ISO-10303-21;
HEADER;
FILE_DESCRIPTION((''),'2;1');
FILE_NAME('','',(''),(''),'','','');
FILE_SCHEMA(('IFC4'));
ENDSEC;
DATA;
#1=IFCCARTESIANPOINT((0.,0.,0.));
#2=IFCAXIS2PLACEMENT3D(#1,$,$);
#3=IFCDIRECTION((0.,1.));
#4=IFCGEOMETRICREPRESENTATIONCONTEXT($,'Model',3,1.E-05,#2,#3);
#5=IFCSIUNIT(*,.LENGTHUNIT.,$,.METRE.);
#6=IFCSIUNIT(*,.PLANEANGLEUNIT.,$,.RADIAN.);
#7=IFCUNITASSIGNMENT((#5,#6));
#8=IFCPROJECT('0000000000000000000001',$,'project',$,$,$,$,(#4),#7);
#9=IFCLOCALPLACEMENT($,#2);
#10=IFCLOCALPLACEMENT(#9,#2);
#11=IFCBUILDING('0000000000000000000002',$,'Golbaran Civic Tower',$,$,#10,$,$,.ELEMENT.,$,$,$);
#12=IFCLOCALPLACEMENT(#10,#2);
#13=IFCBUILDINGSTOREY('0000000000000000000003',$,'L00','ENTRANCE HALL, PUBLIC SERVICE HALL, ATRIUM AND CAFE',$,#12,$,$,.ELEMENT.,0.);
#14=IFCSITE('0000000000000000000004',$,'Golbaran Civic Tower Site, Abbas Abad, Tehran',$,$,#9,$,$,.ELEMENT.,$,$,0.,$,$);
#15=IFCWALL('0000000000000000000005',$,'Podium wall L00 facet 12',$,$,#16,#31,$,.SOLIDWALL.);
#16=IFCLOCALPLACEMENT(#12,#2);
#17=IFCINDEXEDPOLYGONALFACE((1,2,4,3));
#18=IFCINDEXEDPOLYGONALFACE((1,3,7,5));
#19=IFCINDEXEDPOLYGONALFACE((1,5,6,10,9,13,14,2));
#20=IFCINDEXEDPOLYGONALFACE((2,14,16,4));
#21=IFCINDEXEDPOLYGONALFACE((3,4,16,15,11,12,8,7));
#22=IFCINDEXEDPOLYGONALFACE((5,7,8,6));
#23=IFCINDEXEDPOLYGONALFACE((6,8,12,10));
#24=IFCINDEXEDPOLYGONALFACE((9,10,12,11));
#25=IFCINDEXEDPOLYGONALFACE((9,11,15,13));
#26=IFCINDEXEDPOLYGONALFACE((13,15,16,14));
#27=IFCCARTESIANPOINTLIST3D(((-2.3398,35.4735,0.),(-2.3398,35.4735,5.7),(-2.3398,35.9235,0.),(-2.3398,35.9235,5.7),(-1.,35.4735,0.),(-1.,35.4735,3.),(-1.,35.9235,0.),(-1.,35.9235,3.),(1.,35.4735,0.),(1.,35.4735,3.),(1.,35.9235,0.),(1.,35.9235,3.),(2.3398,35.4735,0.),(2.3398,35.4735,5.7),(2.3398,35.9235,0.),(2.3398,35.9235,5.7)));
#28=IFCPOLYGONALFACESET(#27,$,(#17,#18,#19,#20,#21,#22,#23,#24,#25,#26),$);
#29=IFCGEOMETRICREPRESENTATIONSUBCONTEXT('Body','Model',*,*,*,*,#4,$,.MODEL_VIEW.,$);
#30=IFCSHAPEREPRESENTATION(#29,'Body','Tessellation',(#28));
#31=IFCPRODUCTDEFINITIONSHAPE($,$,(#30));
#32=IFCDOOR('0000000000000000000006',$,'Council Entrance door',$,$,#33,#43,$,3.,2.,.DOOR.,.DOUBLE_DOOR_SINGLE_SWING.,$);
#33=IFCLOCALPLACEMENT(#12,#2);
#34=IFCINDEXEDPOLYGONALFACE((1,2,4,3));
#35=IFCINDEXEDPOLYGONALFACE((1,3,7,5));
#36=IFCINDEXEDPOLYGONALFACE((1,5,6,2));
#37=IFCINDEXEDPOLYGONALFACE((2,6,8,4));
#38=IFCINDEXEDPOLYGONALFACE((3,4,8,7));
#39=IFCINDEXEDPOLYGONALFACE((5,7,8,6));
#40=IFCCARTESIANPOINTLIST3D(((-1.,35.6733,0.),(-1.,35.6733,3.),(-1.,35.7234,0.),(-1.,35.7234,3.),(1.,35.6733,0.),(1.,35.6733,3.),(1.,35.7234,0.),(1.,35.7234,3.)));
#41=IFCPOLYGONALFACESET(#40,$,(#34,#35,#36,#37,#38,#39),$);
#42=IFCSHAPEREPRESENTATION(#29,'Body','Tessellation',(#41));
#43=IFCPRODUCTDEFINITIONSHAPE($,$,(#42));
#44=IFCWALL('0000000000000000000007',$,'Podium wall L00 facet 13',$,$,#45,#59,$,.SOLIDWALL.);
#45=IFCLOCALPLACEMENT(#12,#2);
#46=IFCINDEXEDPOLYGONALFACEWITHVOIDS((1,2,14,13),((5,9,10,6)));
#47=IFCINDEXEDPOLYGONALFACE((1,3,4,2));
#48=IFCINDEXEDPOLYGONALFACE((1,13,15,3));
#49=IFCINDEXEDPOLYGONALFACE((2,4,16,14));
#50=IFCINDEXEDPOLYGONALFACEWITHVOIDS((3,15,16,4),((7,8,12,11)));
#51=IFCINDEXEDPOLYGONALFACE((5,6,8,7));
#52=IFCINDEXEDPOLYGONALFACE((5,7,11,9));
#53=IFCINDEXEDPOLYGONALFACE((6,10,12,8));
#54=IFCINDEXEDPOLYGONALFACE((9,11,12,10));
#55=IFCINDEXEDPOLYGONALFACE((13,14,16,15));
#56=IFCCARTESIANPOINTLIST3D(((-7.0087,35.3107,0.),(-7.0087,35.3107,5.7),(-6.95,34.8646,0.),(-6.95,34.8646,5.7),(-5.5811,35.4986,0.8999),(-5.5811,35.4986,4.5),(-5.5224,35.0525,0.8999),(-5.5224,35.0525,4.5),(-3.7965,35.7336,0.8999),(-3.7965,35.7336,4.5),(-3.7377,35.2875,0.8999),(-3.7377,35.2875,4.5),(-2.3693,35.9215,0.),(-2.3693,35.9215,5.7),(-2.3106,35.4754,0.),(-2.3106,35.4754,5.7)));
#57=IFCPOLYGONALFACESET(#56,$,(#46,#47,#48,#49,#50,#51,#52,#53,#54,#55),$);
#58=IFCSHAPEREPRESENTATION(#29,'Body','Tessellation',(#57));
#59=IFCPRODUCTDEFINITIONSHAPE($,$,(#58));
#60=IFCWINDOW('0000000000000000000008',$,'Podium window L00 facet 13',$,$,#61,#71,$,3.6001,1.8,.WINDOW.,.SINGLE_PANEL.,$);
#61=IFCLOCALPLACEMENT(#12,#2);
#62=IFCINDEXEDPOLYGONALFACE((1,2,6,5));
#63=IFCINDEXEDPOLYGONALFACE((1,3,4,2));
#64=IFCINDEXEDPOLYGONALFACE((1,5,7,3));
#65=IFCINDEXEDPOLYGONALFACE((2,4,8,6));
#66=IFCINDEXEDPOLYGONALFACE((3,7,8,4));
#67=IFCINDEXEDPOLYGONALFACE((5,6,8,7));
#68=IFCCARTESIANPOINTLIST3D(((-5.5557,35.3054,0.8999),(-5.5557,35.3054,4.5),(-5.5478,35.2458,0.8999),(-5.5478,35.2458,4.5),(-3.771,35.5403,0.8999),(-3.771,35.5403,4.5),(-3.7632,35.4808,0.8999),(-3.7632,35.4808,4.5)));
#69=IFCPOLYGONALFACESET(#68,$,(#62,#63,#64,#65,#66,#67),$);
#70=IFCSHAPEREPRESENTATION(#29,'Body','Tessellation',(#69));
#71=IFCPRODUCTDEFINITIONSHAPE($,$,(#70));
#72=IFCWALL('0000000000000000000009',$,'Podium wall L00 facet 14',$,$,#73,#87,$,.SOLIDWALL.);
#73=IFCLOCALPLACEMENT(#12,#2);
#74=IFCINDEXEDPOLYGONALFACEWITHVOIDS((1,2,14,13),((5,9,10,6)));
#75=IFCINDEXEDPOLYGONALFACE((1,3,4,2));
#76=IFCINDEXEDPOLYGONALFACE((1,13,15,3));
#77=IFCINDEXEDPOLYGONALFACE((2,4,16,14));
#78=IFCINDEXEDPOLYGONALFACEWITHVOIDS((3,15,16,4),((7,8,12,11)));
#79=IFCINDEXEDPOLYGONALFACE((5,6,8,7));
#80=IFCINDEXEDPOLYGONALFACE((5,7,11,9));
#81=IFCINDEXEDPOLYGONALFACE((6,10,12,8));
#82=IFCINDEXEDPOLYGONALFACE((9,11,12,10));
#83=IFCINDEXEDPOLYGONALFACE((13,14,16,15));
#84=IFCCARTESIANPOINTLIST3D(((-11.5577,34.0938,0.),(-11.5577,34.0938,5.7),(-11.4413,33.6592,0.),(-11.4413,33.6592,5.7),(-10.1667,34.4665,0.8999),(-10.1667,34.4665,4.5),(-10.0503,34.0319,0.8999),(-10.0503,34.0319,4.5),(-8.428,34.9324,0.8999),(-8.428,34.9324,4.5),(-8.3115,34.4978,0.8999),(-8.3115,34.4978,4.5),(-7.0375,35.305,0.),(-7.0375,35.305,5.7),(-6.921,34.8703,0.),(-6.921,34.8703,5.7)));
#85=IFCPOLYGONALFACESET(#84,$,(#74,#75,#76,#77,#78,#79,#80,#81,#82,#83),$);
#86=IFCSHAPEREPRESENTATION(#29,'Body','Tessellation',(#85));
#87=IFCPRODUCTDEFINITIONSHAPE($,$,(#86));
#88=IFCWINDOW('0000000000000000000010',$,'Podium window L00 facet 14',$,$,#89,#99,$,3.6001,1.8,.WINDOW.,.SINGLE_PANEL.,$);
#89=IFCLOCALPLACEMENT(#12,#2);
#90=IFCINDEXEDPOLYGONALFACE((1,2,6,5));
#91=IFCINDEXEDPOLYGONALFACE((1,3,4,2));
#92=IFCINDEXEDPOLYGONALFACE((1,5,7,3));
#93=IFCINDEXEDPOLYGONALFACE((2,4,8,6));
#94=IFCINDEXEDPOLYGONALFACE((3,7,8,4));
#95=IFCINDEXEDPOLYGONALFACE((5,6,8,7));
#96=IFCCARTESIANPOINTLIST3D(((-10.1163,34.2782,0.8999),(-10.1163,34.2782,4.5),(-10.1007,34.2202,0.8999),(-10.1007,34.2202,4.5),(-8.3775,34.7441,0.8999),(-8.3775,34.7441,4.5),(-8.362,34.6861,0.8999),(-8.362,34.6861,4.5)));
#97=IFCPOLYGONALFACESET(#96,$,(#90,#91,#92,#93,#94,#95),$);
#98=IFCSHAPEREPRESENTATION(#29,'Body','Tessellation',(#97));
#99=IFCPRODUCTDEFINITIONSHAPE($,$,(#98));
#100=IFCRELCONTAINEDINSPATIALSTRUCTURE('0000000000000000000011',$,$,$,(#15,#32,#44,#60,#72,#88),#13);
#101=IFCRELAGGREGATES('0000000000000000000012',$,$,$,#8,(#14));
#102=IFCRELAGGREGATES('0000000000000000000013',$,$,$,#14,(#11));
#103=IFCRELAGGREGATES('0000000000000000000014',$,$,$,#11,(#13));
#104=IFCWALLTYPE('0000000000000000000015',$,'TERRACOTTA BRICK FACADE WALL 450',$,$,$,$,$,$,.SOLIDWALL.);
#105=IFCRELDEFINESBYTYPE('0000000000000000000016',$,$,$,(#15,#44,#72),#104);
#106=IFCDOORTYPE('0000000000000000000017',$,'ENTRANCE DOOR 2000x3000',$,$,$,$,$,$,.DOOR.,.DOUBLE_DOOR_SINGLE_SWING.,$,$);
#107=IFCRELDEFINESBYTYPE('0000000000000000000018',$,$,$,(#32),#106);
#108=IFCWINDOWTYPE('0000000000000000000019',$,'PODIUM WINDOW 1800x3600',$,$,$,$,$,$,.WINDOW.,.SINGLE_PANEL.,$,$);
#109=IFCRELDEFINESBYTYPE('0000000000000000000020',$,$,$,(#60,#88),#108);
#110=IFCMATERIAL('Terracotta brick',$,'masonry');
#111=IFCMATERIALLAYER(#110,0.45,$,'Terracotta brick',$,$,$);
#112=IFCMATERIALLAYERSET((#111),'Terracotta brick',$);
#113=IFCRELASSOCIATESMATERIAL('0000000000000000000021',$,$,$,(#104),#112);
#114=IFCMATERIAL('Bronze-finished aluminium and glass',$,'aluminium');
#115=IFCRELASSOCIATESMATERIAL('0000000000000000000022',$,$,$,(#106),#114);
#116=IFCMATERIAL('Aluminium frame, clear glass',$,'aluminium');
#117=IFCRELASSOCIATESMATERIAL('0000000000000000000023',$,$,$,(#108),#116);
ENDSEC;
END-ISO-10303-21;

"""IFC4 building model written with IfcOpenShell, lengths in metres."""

from ifc_helpers import new_model, si_unit, direction, frame, frame_2d, origin, place, context, subcontext, project, spatial, rectangle, extrude, material, layer, layer_set, type_object, element, fill, save


model = new_model("IFC4")

# Units and contexts
model_context = context("Model", 3, precision=1e-05, world=origin(), true_north=direction((0.0, 1.0)))
body_context = subcontext(model_context, "Body", "Model", "MODEL_VIEW")
ifc_project = project(units=[si_unit("LENGTHUNIT", "METRE"), si_unit("PLANEANGLEUNIT", "RADIAN")], contexts=[model_context])

# Site, building, storey
site_placement = place(None, origin())
site = spatial("IfcSite", under=ifc_project, at=site_placement, Name="Golbaran Civic Tower Site, Abbas Abad, Tehran", CompositionType="ELEMENT", RefElevation=0.0)
building_placement = place(site_placement, origin())
building = spatial("IfcBuilding", under=site, at=building_placement, Name="Golbaran Civic Tower", CompositionType="ELEMENT")
storey_placement = place(building_placement, origin())
storey = spatial("IfcBuildingStorey", under=building, at=storey_placement, Name="L00", Description="ENTRANCE HALL, PUBLIC SERVICE HALL, ATRIUM AND CAFE", CompositionType="ELEMENT", Elevation=0.0)

# Wall, opening, door
ifc_material_1 = material(Name="Terracotta brick", Category="masonry")
ifc_layer_1 = layer(ifc_material_1, 0.45, Name="Terracotta brick")
ifc_layer_set_1 = layer_set([ifc_layer_1], Name="Terracotta brick")
wall_type_1 = type_object("IfcWallType", Name="TERRACOTTA BRICK FACADE WALL 450", PredefinedType="SOLIDWALL", material=ifc_layer_set_1)
wall_1_placement = place(storey_placement, frame((2.3398, 35.6985, 0.0), z_axis=(0.0, 0.0, 1.0), x_axis=(-1.0, 0.0, 0.0)))
wall_1 = element("IfcWall", 1, at=wall_1_placement, inside=storey, type_object=wall_type_1, Name="Podium wall L00 facet 12", PredefinedType="SOLIDWALL", context=body_context, shape_type="SweptSolid", body=[
    extrude(rectangle(XDim=4.6797, YDim=0.45, at=frame_2d((2.3398, 0.0))), origin(), (0.0, 0.0, 1.0), 5.7),
])
opening_1_placement = place(wall_1_placement, frame((1.3398, 0.0, 0.0)))
opening_1 = element("IfcOpeningElement", 2, at=opening_1_placement, cuts=wall_1, PredefinedType="OPENING", context=body_context, shape_type="SweptSolid", body=[
    extrude(rectangle(XDim=2.0, YDim=3.0, at=frame_2d((1.0, 1.5))), frame((0.0, 0.2349, 0.0), z_axis=(0.0, -1.0, 0.0), x_axis=(1.0, 0.0, 0.0)), (0.0, 0.0, 1.0), 0.47),
])
ifc_material_2 = material(Name="Bronze-finished aluminium and glass", Category="aluminium")
door_type_1 = type_object("IfcDoorType", Name="ENTRANCE DOOR 2000x3000", OperationType="DOUBLE_DOOR_SINGLE_SWING", PredefinedType="DOOR", material=ifc_material_2)
door_1_placement = place(opening_1_placement, frame((2.0, 0.0, 0.0), z_axis=(0.0, 0.0, 1.0), x_axis=(-1.0, 0.0, 0.0)))
door_1 = element("IfcDoor", 3, at=door_1_placement, inside=storey, type_object=door_type_1, Name="Council Entrance door", OperationType="DOUBLE_DOOR_SINGLE_SWING", OverallHeight=3.0, OverallWidth=2.0, PredefinedType="DOOR", context=body_context, shape_type="SweptSolid", body=[
    extrude(rectangle(XDim=2.0, YDim=3.0, at=frame_2d((1.0, 1.5))), frame((0.0, 0.0249, 0.0), z_axis=(0.0, -1.0, 0.0), x_axis=(1.0, 0.0, 0.0)), (0.0, 0.0, 1.0), 0.05),
])
fill(opening_1, door_1)

# Walls, openings, windows
wall_2_placement = place(storey_placement, frame((-2.3398, 35.6985, 0.0), z_axis=(0.0, 0.0, 1.0), x_axis=(-0.991443, -0.130537, 0.0)))
wall_2 = element("IfcWall", 4, at=wall_2_placement, inside=storey, type_object=wall_type_1, Name="Podium wall L00 facet 13", PredefinedType="SOLIDWALL", context=body_context, shape_type="SweptSolid", body=[
    extrude(rectangle(XDim=4.6794, YDim=0.45, at=frame_2d((2.3398, 0.0))), origin(), (0.0, 0.0, 1.0), 5.7),
])
opening_2_placement = place(wall_2_placement, frame((1.4397, 0.0, 0.8999)))
opening_2 = element("IfcOpeningElement", 5, at=opening_2_placement, cuts=wall_2, PredefinedType="OPENING", context=body_context, shape_type="SweptSolid", body=[
    extrude(rectangle(XDim=1.8, YDim=3.6001, at=frame_2d((0.8999, 1.8))), frame((0.0, 0.2349, 0.0), z_axis=(0.0, -1.0, 0.0), x_axis=(1.0, 0.0, 0.0)), (0.0, 0.0, 1.0), 0.47),
])
ifc_material_3 = material(Name="Aluminium frame, clear glass", Category="aluminium")
window_type = type_object("IfcWindowType", Name="PODIUM WINDOW 1800x3600", PartitioningType="SINGLE_PANEL", PredefinedType="WINDOW", material=ifc_material_3)
window_1_placement = place(opening_2_placement, origin())
window_1 = element("IfcWindow", 6, at=window_1_placement, inside=storey, type_object=window_type, Name="Podium window L00 facet 13", OverallHeight=3.6001, OverallWidth=1.8, PartitioningType="SINGLE_PANEL", PredefinedType="WINDOW", context=body_context, shape_type="SweptSolid", body=[
    extrude(rectangle(XDim=1.8, YDim=3.6001, at=frame_2d((0.8999, 1.8))), frame((0.0, 0.03, 0.0), z_axis=(0.0, -1.0, 0.0), x_axis=(1.0, 0.0, 0.0)), (0.0, 0.0, 1.0), 0.0601),
])
fill(opening_2, window_1)
wall_3_placement = place(storey_placement, frame((-6.9792, 35.0876, 0.0), z_axis=(0.0, 0.0, 1.0), x_axis=(-0.965927, -0.258815, 0.0)))
wall_3 = element("IfcWall", 7, at=wall_3_placement, inside=storey, type_object=wall_type_1, Name="Podium wall L00 facet 14", PredefinedType="SOLIDWALL", context=body_context, shape_type="SweptSolid", body=[
    extrude(rectangle(XDim=4.6797, YDim=0.45, at=frame_2d((2.3398, 0.0))), origin(), (0.0, 0.0, 1.0), 5.7),
])
opening_3_placement = place(wall_3_placement, frame((1.4397, 0.0, 0.8999)))
opening_3 = element("IfcOpeningElement", 8, at=opening_3_placement, cuts=wall_3, PredefinedType="OPENING", context=body_context, shape_type="SweptSolid", body=[
    extrude(rectangle(XDim=1.8, YDim=3.6001, at=frame_2d((0.8999, 1.8))), frame((0.0, 0.2349, 0.0), z_axis=(0.0, -1.0, 0.0), x_axis=(1.0, 0.0, 0.0)), (0.0, 0.0, 1.0), 0.47),
])
window_2_placement = place(opening_3_placement, origin())
window_2 = element("IfcWindow", 9, at=window_2_placement, inside=storey, type_object=window_type, Name="Podium window L00 facet 14", OverallHeight=3.6001, OverallWidth=1.8, PartitioningType="SINGLE_PANEL", PredefinedType="WINDOW", context=body_context, shape_type="SweptSolid", body=[
    extrude(rectangle(XDim=1.8, YDim=3.6001, at=frame_2d((0.8999, 1.8))), frame((0.0, 0.03, 0.0), z_axis=(0.0, -1.0, 0.0), x_axis=(1.0, 0.0, 0.0)), (0.0, 0.0, 1.0), 0.0601),
])
fill(opening_3, window_2)

save(model, "model.ifc")
